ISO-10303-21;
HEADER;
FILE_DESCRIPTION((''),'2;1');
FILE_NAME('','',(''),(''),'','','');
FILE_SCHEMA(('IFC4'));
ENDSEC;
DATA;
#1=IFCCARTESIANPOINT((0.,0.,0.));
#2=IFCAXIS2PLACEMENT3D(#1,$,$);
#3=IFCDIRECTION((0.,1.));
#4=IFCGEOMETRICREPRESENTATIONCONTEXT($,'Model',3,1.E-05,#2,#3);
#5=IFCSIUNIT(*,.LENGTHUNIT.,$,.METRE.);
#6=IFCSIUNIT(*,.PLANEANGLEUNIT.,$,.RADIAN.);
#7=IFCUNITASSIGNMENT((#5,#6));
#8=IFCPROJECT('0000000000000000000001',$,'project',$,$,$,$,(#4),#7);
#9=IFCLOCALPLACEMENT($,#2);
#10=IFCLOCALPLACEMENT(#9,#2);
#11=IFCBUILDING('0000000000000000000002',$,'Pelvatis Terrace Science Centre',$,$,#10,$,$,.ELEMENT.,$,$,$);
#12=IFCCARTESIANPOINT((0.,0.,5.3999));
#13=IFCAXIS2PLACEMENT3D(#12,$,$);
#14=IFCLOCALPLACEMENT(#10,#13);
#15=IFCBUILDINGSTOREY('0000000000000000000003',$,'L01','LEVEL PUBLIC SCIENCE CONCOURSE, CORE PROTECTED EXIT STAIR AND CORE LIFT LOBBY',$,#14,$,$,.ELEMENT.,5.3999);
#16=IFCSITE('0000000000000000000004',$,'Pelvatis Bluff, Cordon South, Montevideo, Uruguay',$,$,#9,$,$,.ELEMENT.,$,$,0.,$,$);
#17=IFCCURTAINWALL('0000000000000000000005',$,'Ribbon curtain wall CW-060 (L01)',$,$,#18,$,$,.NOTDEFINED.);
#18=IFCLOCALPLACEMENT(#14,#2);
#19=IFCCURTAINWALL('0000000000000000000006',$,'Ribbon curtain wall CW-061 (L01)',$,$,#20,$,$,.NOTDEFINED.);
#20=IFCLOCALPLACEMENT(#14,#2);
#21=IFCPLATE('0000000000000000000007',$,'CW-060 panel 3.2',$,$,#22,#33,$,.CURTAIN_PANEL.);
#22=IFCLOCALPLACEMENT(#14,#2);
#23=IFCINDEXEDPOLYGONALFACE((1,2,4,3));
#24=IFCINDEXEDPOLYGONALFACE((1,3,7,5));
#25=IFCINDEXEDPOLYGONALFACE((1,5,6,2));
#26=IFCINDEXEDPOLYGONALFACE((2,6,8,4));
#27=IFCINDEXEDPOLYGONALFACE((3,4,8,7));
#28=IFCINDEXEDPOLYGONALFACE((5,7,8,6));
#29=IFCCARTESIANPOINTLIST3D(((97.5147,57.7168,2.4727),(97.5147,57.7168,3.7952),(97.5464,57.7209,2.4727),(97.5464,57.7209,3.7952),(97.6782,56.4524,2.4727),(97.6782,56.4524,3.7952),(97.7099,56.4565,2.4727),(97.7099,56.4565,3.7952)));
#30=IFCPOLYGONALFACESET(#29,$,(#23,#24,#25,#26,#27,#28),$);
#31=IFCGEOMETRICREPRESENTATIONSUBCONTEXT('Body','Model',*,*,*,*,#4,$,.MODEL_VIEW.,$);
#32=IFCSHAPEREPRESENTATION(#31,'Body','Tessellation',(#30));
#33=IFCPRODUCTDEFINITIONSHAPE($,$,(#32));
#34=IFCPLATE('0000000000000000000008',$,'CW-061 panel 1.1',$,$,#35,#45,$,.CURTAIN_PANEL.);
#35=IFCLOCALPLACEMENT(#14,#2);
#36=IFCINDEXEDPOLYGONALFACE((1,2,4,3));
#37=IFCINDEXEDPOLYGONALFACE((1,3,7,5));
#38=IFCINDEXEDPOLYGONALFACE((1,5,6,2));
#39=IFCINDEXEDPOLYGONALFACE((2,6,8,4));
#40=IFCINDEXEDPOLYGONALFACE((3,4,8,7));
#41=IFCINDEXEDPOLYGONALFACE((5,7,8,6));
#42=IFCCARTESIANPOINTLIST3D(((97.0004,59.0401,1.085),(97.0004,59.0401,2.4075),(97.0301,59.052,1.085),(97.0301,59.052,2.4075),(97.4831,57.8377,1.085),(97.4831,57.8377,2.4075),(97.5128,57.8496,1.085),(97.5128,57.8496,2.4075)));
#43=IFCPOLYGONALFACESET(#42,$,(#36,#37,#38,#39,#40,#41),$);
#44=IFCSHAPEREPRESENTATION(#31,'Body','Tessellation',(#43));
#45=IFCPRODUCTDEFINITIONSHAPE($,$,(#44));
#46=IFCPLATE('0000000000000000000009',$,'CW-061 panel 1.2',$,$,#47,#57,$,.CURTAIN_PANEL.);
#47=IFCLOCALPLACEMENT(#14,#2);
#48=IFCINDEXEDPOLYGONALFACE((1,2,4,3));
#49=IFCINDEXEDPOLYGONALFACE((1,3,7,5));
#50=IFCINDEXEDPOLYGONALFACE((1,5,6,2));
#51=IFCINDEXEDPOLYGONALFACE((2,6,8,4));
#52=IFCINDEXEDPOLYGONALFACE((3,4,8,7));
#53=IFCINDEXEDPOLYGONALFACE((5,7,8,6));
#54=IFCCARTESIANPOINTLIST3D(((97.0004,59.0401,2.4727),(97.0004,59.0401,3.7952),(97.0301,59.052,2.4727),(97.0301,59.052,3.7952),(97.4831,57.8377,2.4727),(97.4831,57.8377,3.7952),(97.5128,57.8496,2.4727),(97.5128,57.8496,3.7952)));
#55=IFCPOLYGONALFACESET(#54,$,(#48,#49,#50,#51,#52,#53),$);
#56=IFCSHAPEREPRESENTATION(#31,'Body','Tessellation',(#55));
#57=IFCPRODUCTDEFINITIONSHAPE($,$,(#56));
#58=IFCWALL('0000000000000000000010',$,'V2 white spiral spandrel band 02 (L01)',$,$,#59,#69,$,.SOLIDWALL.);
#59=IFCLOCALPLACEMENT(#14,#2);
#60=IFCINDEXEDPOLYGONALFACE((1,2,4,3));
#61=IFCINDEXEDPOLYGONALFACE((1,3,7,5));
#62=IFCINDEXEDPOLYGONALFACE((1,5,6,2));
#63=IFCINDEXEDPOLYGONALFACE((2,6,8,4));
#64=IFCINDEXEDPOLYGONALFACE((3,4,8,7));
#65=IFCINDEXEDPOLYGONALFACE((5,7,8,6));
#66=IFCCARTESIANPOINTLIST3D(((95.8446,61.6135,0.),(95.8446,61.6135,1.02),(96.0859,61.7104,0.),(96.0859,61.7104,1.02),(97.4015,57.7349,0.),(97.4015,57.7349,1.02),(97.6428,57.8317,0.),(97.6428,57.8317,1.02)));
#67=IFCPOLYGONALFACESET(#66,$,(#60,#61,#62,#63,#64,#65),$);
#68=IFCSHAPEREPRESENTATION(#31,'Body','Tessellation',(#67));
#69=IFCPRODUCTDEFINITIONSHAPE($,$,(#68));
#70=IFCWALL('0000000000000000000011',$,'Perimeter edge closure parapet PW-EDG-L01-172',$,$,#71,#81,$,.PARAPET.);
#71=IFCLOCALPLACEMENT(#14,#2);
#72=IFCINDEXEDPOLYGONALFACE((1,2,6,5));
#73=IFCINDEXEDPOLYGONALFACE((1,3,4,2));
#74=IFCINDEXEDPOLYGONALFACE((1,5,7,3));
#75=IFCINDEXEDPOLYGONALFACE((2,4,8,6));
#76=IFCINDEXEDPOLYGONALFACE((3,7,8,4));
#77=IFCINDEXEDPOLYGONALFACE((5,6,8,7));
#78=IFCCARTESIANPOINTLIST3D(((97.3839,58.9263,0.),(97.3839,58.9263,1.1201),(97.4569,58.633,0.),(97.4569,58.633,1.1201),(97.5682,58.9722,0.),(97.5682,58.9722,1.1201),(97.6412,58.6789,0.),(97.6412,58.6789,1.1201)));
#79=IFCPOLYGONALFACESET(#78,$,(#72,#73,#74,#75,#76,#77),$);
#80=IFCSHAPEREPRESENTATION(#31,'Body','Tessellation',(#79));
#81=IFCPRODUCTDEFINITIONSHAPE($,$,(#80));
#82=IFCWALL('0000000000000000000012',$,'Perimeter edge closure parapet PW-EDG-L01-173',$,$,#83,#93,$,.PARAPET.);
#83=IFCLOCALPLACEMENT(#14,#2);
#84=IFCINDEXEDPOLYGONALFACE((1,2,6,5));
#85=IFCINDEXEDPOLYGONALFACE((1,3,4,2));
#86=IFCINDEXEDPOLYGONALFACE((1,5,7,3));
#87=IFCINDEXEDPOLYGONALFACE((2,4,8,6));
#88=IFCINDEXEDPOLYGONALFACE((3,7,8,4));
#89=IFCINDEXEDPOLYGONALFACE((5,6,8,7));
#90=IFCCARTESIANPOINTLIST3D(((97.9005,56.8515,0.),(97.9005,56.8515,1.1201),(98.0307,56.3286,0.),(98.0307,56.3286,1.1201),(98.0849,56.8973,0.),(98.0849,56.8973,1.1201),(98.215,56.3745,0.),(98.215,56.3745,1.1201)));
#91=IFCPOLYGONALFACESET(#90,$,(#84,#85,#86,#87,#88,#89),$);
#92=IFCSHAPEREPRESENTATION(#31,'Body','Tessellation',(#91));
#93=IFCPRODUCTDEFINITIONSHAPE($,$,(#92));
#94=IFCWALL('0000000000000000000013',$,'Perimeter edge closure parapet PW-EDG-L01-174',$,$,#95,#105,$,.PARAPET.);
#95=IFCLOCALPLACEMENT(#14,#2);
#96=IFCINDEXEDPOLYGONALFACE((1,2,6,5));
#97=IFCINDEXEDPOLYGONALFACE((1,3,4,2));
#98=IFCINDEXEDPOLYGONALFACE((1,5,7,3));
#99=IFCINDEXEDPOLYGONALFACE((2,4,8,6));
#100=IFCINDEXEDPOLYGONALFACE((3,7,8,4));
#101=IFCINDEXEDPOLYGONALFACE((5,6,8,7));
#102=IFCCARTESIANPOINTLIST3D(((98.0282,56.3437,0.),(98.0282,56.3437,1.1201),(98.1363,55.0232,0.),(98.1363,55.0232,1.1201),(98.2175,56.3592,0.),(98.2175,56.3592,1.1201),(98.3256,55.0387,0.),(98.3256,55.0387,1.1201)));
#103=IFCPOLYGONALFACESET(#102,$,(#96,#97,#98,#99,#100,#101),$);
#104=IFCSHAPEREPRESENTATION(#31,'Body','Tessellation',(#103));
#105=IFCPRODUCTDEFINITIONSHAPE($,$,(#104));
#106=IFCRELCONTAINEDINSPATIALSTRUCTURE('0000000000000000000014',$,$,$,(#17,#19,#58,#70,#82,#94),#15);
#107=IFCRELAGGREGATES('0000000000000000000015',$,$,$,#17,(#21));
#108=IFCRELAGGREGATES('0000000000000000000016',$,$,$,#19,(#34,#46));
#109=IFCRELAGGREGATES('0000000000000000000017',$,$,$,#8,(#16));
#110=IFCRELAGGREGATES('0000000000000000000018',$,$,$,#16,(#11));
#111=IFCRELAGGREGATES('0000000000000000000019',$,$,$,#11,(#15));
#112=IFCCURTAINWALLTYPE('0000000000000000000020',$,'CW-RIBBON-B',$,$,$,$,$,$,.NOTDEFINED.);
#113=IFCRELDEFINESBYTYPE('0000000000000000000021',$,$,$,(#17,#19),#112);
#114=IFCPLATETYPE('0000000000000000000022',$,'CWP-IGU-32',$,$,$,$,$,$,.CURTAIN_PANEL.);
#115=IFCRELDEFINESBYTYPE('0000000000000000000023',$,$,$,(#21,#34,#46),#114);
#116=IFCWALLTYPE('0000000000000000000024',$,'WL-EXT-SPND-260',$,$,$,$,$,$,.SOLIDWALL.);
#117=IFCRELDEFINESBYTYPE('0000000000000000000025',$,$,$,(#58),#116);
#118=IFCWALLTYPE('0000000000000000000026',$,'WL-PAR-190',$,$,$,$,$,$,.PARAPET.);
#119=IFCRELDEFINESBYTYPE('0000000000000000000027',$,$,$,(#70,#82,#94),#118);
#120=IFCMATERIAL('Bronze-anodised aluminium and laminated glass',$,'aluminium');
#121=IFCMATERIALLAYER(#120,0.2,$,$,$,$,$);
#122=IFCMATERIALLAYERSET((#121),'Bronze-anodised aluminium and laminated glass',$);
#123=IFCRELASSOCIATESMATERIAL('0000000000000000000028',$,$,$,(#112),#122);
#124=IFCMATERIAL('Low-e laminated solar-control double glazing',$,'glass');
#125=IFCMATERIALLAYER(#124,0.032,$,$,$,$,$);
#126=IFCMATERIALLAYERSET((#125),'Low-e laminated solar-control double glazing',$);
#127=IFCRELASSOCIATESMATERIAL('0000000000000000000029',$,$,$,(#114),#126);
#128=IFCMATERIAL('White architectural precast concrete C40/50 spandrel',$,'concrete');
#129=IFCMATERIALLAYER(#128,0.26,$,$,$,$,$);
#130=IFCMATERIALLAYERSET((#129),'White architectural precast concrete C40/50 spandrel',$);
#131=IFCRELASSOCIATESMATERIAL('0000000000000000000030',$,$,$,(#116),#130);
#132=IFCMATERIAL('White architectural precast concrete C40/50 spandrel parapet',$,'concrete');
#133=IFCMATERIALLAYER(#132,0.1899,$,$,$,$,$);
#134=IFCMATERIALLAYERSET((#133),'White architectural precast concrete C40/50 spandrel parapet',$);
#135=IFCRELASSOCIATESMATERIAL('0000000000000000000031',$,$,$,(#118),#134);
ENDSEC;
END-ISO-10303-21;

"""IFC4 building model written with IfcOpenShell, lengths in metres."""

from ifc_helpers import new_model, si_unit, direction, frame, frame_2d, origin, origin_2d, place, context, subcontext, project, spatial, rectangle, extrude, material, layer, layer_set, type_object, element, aggregate, save


model = new_model("IFC4")

# Units and contexts
model_context = context("Model", 3, precision=1e-05, world=origin(), true_north=direction((0.0, 1.0)))
body_context = subcontext(model_context, "Body", "Model", "MODEL_VIEW")
ifc_project = project(units=[si_unit("LENGTHUNIT", "METRE"), si_unit("PLANEANGLEUNIT", "RADIAN")], contexts=[model_context])

# Site, building, storey
site_placement = place(None, origin())
site = spatial("IfcSite", under=ifc_project, at=site_placement, Name="Pelvatis Bluff, Cordon South, Montevideo, Uruguay", CompositionType="ELEMENT", RefElevation=0.0)
building_placement = place(site_placement, origin())
building = spatial("IfcBuilding", under=site, at=building_placement, Name="Pelvatis Terrace Science Centre", CompositionType="ELEMENT")
storey_placement = place(building_placement, frame((0.0, 0.0, 5.3999)))
storey = spatial("IfcBuildingStorey", under=building, at=storey_placement, Name="L01", Description="LEVEL PUBLIC SCIENCE CONCOURSE, CORE PROTECTED EXIT STAIR AND CORE LIFT LOBBY", CompositionType="ELEMENT", Elevation=5.3999)

# Curtain walls
ifc_material_1 = material(Name="Bronze-anodised aluminium and laminated glass", Category="aluminium")
ifc_layer_1 = layer(ifc_material_1, 0.2)
ifc_layer_set_1 = layer_set([ifc_layer_1], Name="Bronze-anodised aluminium and laminated glass")
curtain_wall_type = type_object("IfcCurtainWallType", Name="CW-RIBBON-B", PredefinedType="NOTDEFINED", material=ifc_layer_set_1)
curtain_wall_1_placement = place(storey_placement, origin())
curtain_wall_1 = element("IfcCurtainWall", 1, at=curtain_wall_1_placement, inside=storey, type_object=curtain_wall_type, Name="Ribbon curtain wall CW-060 (L01)", PredefinedType="NOTDEFINED")
curtain_wall_2_placement = place(storey_placement, origin())
curtain_wall_2 = element("IfcCurtainWall", 2, at=curtain_wall_2_placement, inside=storey, type_object=curtain_wall_type, Name="Ribbon curtain wall CW-061 (L01)", PredefinedType="NOTDEFINED")

# Plates
ifc_material_2 = material(Name="Low-e laminated solar-control double glazing", Category="glass")
ifc_layer_2 = layer(ifc_material_2, 0.032)
ifc_layer_set_2 = layer_set([ifc_layer_2], Name="Low-e laminated solar-control double glazing")
plate_type = type_object("IfcPlateType", Name="CWP-IGU-32", PredefinedType="CURTAIN_PANEL", material=ifc_layer_set_2)
plate_1_placement = place(storey_placement, frame((97.6123, 57.0867, 2.4727), z_axis=(0.0, 0.0, 1.0), x_axis=(-0.128192, 0.991749, 0.0)))
plate_1 = element("IfcPlate", 3, at=plate_1_placement, type_object=plate_type, Name="CW-060 panel 3.2", PredefinedType="CURTAIN_PANEL", context=body_context, shape_type="SweptSolid", body=[
    extrude(rectangle(XDim=1.2749, YDim=0.032, at=origin_2d()), origin(), (0.0, 0.0, 1.0), 1.3225),
])
aggregate(curtain_wall_1, [plate_1])
plate_2_placement = place(storey_placement, frame((97.2566, 58.4448, 1.085), z_axis=(0.0, 0.0, 1.0), x_axis=(-0.372504, 0.92803, 0.0)))
plate_2 = element("IfcPlate", 4, at=plate_2_placement, type_object=plate_type, Name="CW-061 panel 1.1", PredefinedType="CURTAIN_PANEL", context=body_context, shape_type="SweptSolid", body=[
    extrude(rectangle(XDim=1.2957, YDim=0.032, at=origin_2d()), origin(), (0.0, 0.0, 1.0), 1.3225),
])
plate_3_placement = place(storey_placement, frame((97.2566, 58.4448, 2.4727), z_axis=(0.0, 0.0, 1.0), x_axis=(-0.372504, 0.92803, 0.0)))
plate_3 = element("IfcPlate", 5, at=plate_3_placement, type_object=plate_type, Name="CW-061 panel 1.2", PredefinedType="CURTAIN_PANEL", context=body_context, shape_type="SweptSolid", body=[
    extrude(rectangle(XDim=1.2957, YDim=0.032, at=origin_2d()), origin(), (0.0, 0.0, 1.0), 1.3225),
])
aggregate(curtain_wall_2, [plate_2, plate_3])

# Walls
ifc_material_3 = material(Name="White architectural precast concrete C40/50 spandrel", Category="concrete")
ifc_layer_3 = layer(ifc_material_3, 0.26)
ifc_layer_set_3 = layer_set([ifc_layer_3], Name="White architectural precast concrete C40/50 spandrel")
wall_type_1 = type_object("IfcWallType", Name="WL-EXT-SPND-260", PredefinedType="SOLIDWALL", material=ifc_layer_set_3)
wall_1_placement = place(storey_placement, frame((97.5222, 57.7832, 0.0), z_axis=(0.0, 0.0, 1.0), x_axis=(-0.372508, 0.928029, 0.0)))
element("IfcWall", 6, at=wall_1_placement, inside=storey, type_object=wall_type_1, Name="V2 white spiral spandrel band 02 (L01)", PredefinedType="SOLIDWALL", context=body_context, shape_type="SweptSolid", body=[
    extrude(rectangle(XDim=4.1794, YDim=0.26, at=frame_2d((2.0898, 0.0))), origin(), (0.0, 0.0, 1.0), 1.02),
])
ifc_material_4 = material(Name="White architectural precast concrete C40/50 spandrel parapet", Category="concrete")
ifc_layer_4 = layer(ifc_material_4, 0.1899)
ifc_layer_set_4 = layer_set([ifc_layer_4], Name="White architectural precast concrete C40/50 spandrel parapet")
wall_type_2 = type_object("IfcWallType", Name="WL-PAR-190", PredefinedType="PARAPET", material=ifc_layer_set_4)
wall_2_placement = place(storey_placement, frame((97.4761, 58.9492, 0.0), z_axis=(0.0, 0.0, 1.0), x_axis=(0.241585, -0.97038, 0.0)))
element("IfcWall", 7, at=wall_2_placement, inside=storey, type_object=wall_type_2, Name="Perimeter edge closure parapet PW-EDG-L01-172", PredefinedType="PARAPET", context=body_context, shape_type="SweptSolid", body=[
    extrude(rectangle(XDim=0.3022, YDim=0.1899, at=frame_2d((0.1511, 0.0))), origin(), (0.0, 0.0, 1.0), 1.1201),
])
wall_3_placement = place(storey_placement, frame((97.9927, 56.8745, 0.0), z_axis=(0.0, 0.0, 1.0), x_axis=(0.24147, -0.970408, 0.0)))
element("IfcWall", 8, at=wall_3_placement, inside=storey, type_object=wall_type_2, Name="Perimeter edge closure parapet PW-EDG-L01-173", PredefinedType="PARAPET", context=body_context, shape_type="SweptSolid", body=[
    extrude(rectangle(XDim=0.5388, YDim=0.1899, at=frame_2d((0.2695, 0.0))), origin(), (0.0, 0.0, 1.0), 1.1201),
])
wall_4_placement = place(storey_placement, frame((98.1228, 56.3516, 0.0), z_axis=(0.0, 0.0, 1.0), x_axis=(0.081627, -0.996663, 0.0)))
element("IfcWall", 9, at=wall_4_placement, inside=storey, type_object=wall_type_2, Name="Perimeter edge closure parapet PW-EDG-L01-174", PredefinedType="PARAPET", context=body_context, shape_type="SweptSolid", body=[
    extrude(rectangle(XDim=1.325, YDim=0.1899, at=frame_2d((0.6626, 0.0))), origin(), (0.0, 0.0, 1.0), 1.1201),
])

save(model, "model.ifc")
